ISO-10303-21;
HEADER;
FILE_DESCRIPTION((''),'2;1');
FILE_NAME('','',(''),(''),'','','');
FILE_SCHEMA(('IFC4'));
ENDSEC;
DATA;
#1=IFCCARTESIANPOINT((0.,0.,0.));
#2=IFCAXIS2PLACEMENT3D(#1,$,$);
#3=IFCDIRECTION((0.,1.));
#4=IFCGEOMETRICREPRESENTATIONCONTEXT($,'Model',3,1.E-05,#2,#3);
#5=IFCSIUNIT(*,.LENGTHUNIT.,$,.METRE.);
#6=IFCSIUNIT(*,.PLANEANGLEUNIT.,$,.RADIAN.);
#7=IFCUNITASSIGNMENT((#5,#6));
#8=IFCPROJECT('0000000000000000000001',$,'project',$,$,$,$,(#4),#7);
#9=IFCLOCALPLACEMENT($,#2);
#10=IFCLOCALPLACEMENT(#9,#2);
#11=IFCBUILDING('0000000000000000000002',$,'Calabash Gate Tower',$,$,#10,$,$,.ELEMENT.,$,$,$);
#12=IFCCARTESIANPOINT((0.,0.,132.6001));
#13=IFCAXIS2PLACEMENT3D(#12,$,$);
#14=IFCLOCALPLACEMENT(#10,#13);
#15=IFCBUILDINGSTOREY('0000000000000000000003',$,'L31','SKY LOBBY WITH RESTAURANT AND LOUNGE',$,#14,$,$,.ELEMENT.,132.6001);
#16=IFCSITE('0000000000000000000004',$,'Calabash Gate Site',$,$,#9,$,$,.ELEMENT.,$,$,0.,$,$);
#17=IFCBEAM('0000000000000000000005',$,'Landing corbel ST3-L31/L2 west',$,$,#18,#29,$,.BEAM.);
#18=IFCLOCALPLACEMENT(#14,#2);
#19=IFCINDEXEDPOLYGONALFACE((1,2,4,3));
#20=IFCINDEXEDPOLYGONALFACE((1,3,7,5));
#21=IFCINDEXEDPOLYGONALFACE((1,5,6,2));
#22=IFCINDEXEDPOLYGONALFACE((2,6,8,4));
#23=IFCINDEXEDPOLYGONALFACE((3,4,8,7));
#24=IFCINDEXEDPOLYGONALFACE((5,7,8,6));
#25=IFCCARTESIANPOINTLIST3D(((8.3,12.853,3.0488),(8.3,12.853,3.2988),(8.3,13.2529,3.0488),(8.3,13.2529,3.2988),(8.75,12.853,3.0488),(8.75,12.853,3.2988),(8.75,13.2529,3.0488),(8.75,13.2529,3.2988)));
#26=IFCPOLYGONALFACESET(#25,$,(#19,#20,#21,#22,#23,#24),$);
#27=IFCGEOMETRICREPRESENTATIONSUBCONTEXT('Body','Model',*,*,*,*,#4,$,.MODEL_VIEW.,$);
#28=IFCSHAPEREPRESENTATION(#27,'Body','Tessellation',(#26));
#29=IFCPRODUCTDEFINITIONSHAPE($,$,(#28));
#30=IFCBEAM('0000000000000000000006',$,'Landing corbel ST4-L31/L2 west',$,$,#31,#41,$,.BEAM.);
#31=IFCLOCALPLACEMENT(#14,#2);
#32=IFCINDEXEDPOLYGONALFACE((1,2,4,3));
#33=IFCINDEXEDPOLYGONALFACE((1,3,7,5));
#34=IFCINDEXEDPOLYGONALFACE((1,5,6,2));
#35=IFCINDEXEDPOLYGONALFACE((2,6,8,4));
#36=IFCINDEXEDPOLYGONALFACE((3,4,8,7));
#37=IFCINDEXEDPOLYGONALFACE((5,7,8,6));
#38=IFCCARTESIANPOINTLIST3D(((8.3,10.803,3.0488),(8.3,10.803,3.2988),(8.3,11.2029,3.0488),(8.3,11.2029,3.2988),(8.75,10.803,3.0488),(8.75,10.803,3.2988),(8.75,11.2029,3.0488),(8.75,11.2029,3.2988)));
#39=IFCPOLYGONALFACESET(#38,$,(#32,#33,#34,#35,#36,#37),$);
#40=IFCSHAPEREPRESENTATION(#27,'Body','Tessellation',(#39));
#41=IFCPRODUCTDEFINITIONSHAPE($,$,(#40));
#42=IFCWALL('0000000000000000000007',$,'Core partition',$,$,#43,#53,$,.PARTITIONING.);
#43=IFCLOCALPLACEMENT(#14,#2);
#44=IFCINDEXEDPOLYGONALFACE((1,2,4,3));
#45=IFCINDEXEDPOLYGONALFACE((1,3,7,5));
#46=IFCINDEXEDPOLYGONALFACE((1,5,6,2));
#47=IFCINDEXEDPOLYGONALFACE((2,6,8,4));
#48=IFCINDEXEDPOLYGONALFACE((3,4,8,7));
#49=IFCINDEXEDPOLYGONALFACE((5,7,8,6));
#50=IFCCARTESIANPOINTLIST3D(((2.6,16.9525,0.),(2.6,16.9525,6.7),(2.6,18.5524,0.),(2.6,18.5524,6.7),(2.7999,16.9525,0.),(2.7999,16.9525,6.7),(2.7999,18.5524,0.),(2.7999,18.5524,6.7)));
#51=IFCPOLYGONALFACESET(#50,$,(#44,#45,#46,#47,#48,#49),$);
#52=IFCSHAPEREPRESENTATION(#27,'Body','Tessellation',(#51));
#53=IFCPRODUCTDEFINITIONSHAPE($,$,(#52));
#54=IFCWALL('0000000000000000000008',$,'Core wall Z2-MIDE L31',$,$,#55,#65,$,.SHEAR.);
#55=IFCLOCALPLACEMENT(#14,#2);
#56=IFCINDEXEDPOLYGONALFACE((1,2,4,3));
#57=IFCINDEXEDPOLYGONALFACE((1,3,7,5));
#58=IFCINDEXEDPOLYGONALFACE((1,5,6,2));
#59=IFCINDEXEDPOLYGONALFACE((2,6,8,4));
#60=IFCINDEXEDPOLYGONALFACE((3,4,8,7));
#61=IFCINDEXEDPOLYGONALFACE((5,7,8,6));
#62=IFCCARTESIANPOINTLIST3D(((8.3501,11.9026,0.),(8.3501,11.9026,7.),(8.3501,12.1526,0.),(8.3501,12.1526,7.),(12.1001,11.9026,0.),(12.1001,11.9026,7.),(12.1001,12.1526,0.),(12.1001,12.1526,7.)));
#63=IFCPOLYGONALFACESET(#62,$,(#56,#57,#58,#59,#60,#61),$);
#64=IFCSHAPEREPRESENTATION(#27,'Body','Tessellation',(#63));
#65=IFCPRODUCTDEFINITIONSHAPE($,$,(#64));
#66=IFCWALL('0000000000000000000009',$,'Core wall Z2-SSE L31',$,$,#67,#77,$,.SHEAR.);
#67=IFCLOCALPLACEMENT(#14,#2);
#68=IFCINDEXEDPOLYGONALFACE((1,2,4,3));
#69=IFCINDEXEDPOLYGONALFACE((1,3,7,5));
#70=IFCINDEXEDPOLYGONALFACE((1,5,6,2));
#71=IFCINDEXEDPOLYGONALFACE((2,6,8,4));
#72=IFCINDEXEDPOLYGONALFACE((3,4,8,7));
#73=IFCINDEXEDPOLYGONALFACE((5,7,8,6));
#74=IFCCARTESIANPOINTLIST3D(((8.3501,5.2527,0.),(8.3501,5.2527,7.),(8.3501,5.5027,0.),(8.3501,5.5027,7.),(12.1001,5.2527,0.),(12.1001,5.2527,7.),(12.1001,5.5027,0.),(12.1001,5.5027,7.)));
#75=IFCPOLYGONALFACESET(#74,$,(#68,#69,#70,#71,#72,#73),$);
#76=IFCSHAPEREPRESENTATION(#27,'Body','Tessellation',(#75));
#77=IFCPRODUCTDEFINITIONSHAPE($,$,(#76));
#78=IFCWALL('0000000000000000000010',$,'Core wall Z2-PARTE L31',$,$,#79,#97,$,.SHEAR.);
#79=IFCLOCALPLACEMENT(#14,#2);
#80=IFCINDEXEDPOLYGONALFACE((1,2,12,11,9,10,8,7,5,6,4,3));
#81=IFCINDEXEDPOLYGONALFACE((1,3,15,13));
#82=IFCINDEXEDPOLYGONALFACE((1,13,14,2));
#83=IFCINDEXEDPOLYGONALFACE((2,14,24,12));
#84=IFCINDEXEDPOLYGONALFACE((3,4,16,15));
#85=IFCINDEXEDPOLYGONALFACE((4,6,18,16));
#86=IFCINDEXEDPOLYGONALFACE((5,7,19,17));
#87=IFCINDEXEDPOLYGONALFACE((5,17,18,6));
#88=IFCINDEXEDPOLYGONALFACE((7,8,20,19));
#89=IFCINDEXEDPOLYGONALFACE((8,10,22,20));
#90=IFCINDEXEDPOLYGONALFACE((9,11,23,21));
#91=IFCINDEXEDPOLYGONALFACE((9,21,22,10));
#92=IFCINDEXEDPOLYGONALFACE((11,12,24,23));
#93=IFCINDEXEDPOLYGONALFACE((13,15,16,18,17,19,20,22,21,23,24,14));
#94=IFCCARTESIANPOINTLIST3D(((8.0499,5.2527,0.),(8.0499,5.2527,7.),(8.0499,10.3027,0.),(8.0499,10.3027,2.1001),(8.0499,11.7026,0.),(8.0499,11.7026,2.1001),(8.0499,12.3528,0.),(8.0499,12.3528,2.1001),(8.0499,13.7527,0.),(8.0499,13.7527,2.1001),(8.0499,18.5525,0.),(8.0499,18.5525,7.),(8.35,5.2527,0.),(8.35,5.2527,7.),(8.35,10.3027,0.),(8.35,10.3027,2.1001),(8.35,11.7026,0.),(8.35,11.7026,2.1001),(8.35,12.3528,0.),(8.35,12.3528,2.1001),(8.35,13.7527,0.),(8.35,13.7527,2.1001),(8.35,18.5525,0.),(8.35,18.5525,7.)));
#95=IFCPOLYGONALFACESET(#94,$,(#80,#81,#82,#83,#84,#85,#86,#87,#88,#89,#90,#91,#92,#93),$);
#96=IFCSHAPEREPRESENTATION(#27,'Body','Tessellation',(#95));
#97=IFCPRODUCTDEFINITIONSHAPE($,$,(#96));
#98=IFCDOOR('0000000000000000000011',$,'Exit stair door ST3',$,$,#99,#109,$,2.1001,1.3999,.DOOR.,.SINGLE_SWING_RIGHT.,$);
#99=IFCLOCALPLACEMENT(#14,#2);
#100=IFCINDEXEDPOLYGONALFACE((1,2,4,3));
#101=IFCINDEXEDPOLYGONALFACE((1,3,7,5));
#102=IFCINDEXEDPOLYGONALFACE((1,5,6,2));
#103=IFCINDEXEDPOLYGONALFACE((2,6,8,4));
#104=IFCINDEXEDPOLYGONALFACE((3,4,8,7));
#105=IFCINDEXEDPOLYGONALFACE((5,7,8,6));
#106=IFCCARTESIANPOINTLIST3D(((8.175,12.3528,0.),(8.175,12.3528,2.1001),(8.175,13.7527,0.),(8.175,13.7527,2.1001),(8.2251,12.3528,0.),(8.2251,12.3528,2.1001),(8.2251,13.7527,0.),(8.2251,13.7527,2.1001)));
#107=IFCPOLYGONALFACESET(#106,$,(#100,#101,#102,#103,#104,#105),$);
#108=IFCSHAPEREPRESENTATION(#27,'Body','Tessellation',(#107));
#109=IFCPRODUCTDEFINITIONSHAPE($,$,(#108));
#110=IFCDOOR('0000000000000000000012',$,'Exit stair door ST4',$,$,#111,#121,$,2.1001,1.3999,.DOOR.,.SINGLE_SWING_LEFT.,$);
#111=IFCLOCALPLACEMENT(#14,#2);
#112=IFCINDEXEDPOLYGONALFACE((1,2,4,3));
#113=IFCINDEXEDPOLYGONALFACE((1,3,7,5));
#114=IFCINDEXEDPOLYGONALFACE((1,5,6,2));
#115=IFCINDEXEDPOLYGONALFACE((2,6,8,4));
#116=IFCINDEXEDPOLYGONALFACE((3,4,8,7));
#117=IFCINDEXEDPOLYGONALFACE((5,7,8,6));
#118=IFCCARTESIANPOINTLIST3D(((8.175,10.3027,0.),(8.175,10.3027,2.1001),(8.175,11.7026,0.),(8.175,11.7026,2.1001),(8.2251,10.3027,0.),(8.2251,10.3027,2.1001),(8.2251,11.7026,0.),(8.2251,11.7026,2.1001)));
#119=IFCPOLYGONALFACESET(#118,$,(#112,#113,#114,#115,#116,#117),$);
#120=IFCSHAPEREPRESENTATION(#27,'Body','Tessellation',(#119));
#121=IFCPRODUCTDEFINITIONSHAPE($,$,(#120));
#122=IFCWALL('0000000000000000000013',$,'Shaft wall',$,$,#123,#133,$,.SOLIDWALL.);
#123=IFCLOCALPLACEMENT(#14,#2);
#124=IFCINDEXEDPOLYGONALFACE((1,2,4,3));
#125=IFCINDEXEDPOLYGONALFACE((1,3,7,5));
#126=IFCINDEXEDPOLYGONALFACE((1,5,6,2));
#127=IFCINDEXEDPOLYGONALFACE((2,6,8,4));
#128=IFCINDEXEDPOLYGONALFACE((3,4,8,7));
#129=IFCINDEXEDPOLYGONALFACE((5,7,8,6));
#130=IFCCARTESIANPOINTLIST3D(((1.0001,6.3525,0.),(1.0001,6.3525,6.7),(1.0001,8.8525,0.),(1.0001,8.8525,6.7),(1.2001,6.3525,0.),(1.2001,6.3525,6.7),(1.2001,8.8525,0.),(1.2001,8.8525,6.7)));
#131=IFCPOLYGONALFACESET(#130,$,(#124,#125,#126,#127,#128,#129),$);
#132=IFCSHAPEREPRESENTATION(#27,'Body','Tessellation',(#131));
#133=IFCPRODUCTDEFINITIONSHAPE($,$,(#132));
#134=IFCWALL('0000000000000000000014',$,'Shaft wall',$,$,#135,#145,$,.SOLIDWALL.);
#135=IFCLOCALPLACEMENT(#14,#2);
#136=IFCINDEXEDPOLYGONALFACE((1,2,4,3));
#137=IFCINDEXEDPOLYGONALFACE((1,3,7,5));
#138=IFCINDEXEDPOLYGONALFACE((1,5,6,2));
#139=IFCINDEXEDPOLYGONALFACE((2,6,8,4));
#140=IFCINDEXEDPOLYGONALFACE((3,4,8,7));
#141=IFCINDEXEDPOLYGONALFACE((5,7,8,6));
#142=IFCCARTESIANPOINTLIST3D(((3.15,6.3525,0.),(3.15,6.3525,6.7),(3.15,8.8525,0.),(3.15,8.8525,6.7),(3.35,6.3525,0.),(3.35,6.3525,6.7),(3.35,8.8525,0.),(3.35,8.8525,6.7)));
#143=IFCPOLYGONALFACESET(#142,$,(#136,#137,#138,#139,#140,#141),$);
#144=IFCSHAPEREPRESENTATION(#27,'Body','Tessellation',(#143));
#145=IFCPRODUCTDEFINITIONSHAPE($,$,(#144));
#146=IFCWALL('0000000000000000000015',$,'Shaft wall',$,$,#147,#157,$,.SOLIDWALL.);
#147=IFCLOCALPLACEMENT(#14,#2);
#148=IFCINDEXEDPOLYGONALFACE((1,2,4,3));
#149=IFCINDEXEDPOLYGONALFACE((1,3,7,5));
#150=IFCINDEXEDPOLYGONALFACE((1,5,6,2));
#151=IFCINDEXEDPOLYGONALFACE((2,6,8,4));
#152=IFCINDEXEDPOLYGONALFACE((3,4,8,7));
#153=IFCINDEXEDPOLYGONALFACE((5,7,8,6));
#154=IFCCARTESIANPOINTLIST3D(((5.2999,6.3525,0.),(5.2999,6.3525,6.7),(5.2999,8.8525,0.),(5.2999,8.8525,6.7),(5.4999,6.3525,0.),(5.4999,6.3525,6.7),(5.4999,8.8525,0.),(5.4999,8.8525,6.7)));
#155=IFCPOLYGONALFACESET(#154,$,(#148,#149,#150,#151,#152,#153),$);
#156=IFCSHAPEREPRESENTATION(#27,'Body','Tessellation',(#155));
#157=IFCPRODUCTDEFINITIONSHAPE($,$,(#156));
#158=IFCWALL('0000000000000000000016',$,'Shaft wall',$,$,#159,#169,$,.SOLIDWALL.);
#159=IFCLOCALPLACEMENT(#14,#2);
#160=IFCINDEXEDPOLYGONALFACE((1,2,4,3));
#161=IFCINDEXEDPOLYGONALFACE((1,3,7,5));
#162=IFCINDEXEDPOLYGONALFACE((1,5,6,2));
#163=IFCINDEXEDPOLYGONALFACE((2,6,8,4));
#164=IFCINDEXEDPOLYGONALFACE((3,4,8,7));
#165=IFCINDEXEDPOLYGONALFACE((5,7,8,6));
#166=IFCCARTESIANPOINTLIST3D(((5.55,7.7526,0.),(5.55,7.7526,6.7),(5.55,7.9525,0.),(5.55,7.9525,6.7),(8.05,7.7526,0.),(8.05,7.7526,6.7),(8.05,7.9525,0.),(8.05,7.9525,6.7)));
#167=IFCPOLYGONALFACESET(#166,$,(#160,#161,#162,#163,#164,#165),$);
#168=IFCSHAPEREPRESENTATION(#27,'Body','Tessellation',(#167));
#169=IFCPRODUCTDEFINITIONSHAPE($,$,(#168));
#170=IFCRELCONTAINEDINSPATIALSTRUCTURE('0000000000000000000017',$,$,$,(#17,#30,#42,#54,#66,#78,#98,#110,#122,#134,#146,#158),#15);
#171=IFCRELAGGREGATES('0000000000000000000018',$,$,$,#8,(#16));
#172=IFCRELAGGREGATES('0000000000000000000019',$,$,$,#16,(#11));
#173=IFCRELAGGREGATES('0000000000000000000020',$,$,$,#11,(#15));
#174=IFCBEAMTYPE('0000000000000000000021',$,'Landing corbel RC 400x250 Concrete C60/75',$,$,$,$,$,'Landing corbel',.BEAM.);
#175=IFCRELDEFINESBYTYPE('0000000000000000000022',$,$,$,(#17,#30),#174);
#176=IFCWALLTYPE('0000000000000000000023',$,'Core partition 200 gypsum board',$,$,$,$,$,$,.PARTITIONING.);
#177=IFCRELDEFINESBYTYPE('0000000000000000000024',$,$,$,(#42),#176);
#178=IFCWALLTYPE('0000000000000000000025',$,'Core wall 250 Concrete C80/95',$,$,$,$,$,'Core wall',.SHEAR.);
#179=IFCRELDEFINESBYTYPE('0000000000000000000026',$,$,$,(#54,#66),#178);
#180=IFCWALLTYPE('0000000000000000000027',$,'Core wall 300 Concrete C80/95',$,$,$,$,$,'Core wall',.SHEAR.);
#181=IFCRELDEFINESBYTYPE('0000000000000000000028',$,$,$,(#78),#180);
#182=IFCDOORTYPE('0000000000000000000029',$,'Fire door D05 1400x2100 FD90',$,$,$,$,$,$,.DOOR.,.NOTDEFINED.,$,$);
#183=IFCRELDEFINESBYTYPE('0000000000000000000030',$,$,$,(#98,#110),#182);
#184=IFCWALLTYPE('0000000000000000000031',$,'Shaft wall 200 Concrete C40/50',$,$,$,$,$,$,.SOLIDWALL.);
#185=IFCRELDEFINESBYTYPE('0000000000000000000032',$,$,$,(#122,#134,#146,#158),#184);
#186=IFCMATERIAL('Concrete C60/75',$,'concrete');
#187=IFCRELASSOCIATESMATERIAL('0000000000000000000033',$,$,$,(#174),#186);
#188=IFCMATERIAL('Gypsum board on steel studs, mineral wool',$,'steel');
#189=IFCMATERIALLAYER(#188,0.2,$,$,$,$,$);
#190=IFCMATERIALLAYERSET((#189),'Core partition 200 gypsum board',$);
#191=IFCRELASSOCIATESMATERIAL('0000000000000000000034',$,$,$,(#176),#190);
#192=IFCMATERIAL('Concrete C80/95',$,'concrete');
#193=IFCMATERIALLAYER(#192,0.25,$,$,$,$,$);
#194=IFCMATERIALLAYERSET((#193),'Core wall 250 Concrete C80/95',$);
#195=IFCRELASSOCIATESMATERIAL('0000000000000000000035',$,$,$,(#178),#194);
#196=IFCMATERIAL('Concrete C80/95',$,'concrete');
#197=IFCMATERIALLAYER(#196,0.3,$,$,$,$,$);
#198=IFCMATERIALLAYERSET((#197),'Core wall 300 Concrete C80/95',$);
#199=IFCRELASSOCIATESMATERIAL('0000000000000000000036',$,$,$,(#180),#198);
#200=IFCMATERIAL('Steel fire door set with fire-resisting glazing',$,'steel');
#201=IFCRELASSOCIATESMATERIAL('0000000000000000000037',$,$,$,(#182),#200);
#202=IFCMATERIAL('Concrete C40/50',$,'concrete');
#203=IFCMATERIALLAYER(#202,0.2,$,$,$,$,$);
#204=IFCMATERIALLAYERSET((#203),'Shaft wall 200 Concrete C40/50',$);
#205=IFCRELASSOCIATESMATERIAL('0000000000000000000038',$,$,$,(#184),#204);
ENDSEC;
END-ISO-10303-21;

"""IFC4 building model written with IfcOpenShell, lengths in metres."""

from ifc_helpers import new_model, si_unit, direction, frame, frame_2d, origin, origin_2d, place, context, subcontext, project, spatial, rectangle, extrude, material, layer, layer_set, material_profile, profile_set, type_object, element, fill, save


model = new_model("IFC4")

# Units and contexts
model_context = context("Model", 3, precision=1e-05, world=origin(), true_north=direction((0.0, 1.0)))
body_context = subcontext(model_context, "Body", "Model", "MODEL_VIEW")
ifc_project = project(units=[si_unit("LENGTHUNIT", "METRE"), si_unit("PLANEANGLEUNIT", "RADIAN")], contexts=[model_context])

# Site, building, storey
site_placement = place(None, origin())
site = spatial("IfcSite", under=ifc_project, at=site_placement, Name="Calabash Gate Site", CompositionType="ELEMENT", RefElevation=0.0)
building_placement = place(site_placement, origin())
building = spatial("IfcBuilding", under=site, at=building_placement, Name="Calabash Gate Tower", CompositionType="ELEMENT")
storey_placement = place(building_placement, frame((0.0, 0.0, 132.6001)))
storey = spatial("IfcBuildingStorey", under=building, at=storey_placement, Name="L31", Description="SKY LOBBY WITH RESTAURANT AND LOUNGE", CompositionType="ELEMENT", Elevation=132.6001)

# Beams
ifc_material_1 = material(Name="Concrete C60/75", Category="concrete")
ifc_material_profile = material_profile(ifc_material_1, rectangle(XDim=0.3999, YDim=0.25, at=origin_2d()))
ifc_profile_set = profile_set([ifc_material_profile], Name="Concrete C60/75")
beam_type = type_object("IfcBeamType", Name="Landing corbel RC 400x250 Concrete C60/75", ElementType="Landing corbel", PredefinedType="BEAM", material=ifc_profile_set)
for number, where, z_axis, x_axis, name in (
    (1, (8.3, 13.053, 3.1738), (1.0, 0.0, 0.0), (0.0, 1.0, 0.0), "Landing corbel ST3-L31/L2 west"),
    (2, (8.3, 11.0029, 3.1738), (1.0, 0.0, 0.0), (0.0, 1.0, 0.0), "Landing corbel ST4-L31/L2 west"),
):
    element("IfcBeam", number, at=place(storey_placement, frame(where, z_axis=z_axis, x_axis=x_axis)), inside=storey, type_object=beam_type, Name=name, PredefinedType="BEAM", context=body_context, shape_type="SweptSolid", body=[
        extrude(rectangle(XDim=0.3999, YDim=0.25, at=origin_2d()), origin(), (0.0, 0.0, 1.0), 0.45),
    ])

# Walls
ifc_material_2 = material(Name="Gypsum board on steel studs, mineral wool", Category="steel")
ifc_layer_1 = layer(ifc_material_2, 0.2)
ifc_layer_set_1 = layer_set([ifc_layer_1], Name="Core partition 200 gypsum board")
wall_type_1 = type_object("IfcWallType", Name="Core partition 200 gypsum board", PredefinedType="PARTITIONING", material=ifc_layer_set_1)
wall_1_placement = place(storey_placement, frame((2.7, 16.9526, 0.0), z_axis=(0.0, 0.0, 1.0), x_axis=(0.0, 1.0, 0.0)))
element("IfcWall", 3, at=wall_1_placement, inside=storey, type_object=wall_type_1, Name="Core partition", PredefinedType="PARTITIONING", context=body_context, shape_type="SweptSolid", body=[
    extrude(rectangle(XDim=1.5999, YDim=0.2, at=frame_2d((0.7998, 0.0))), origin(), (0.0, 0.0, 1.0), 6.7),
])
ifc_material_3 = material(Name="Concrete C80/95", Category="concrete")
ifc_layer_2 = layer(ifc_material_3, 0.25)
ifc_layer_set_2 = layer_set([ifc_layer_2], Name="Core wall 250 Concrete C80/95")
wall_type_2 = type_object("IfcWallType", Name="Core wall 250 Concrete C80/95", ElementType="Core wall", PredefinedType="SHEAR", material=ifc_layer_set_2)
for number, where, z_axis, x_axis, name in (
    (4, (8.3501, 12.0276, 0.0), (0.0, 0.0, 1.0), (1.0, 0.0, 0.0), "Core wall Z2-MIDE L31"),
    (5, (8.3501, 5.3777, 0.0), (0.0, 0.0, 1.0), (1.0, 0.0, 0.0), "Core wall Z2-SSE L31"),
):
    element("IfcWall", number, at=place(storey_placement, frame(where, z_axis=z_axis, x_axis=x_axis)), inside=storey, type_object=wall_type_2, Name=name, PredefinedType="SHEAR", context=body_context, shape_type="SweptSolid", body=[
        extrude(rectangle(XDim=3.75, YDim=0.25, at=frame_2d((1.875, 0.0))), origin(), (0.0, 0.0, 1.0), 7.0),
    ])

# Wall, openings, doors
ifc_material_4 = material(Name="Concrete C80/95", Category="concrete")
ifc_layer_3 = layer(ifc_material_4, 0.3)
ifc_layer_set_3 = layer_set([ifc_layer_3], Name="Core wall 300 Concrete C80/95")
wall_type_3 = type_object("IfcWallType", Name="Core wall 300 Concrete C80/95", ElementType="Core wall", PredefinedType="SHEAR", material=ifc_layer_set_3)
wall_2_placement = place(storey_placement, frame((8.2, 5.2527, 0.0), z_axis=(0.0, 0.0, 1.0), x_axis=(0.0, 1.0, 0.0)))
wall_2 = element("IfcWall", 6, at=wall_2_placement, inside=storey, type_object=wall_type_3, Name="Core wall Z2-PARTE L31", PredefinedType="SHEAR", context=body_context, shape_type="SweptSolid", body=[
    extrude(rectangle(XDim=13.2998, YDim=0.3, at=frame_2d((6.6499, 0.0))), origin(), (0.0, 0.0, 1.0), 7.0),
])
opening_1_placement = place(wall_2_placement, frame((7.1001, 0.0, 0.0)))
opening_1 = element("IfcOpeningElement", 7, at=opening_1_placement, cuts=wall_2, PredefinedType="OPENING", context=body_context, shape_type="SweptSolid", body=[
    extrude(rectangle(XDim=1.3999, YDim=2.1001, at=frame_2d((0.7, 1.05))), frame((0.0, 0.1599, 0.0), z_axis=(0.0, -1.0, 0.0), x_axis=(1.0, 0.0, 0.0)), (0.0, 0.0, 1.0), 0.3201),
])
opening_2_placement = place(wall_2_placement, frame((5.05, 0.0, 0.0)))
opening_2 = element("IfcOpeningElement", 8, at=opening_2_placement, cuts=wall_2, PredefinedType="OPENING", context=body_context, shape_type="SweptSolid", body=[
    extrude(rectangle(XDim=1.3999, YDim=2.1001, at=frame_2d((0.7, 1.05))), frame((0.0, 0.1599, 0.0), z_axis=(0.0, -1.0, 0.0), x_axis=(1.0, 0.0, 0.0)), (0.0, 0.0, 1.0), 0.3201),
])
ifc_material_5 = material(Name="Steel fire door set with fire-resisting glazing", Category="steel")
door_type_1 = type_object("IfcDoorType", Name="Fire door D05 1400x2100 FD90", OperationType="NOTDEFINED", PredefinedType="DOOR", material=ifc_material_5)
door_1_placement = place(opening_1_placement, origin())
door_1 = element("IfcDoor", 9, at=door_1_placement, inside=storey, type_object=door_type_1, Name="Exit stair door ST3", OperationType="SINGLE_SWING_RIGHT", OverallHeight=2.1001, OverallWidth=1.3999, PredefinedType="DOOR", context=body_context, shape_type="SweptSolid", body=[
    extrude(rectangle(XDim=1.3999, YDim=2.1001, at=frame_2d((0.7, 1.05))), frame((0.0, 0.0249, 0.0), z_axis=(0.0, -1.0, 0.0), x_axis=(1.0, 0.0, 0.0)), (0.0, 0.0, 1.0), 0.05),
])
fill(opening_1, door_1)
door_2_placement = place(opening_2_placement, origin())
door_2 = element("IfcDoor", 10, at=door_2_placement, inside=storey, type_object=door_type_1, Name="Exit stair door ST4", OperationType="SINGLE_SWING_LEFT", OverallHeight=2.1001, OverallWidth=1.3999, PredefinedType="DOOR", context=body_context, shape_type="SweptSolid", body=[
    extrude(rectangle(XDim=1.3999, YDim=2.1001, at=frame_2d((0.7, 1.05))), frame((0.0, 0.0249, 0.0), z_axis=(0.0, -1.0, 0.0), x_axis=(1.0, 0.0, 0.0)), (0.0, 0.0, 1.0), 0.05),
])
fill(opening_2, door_2)

# Walls
ifc_material_6 = material(Name="Concrete C40/50", Category="concrete")
ifc_layer_4 = layer(ifc_material_6, 0.2)
ifc_layer_set_4 = layer_set([ifc_layer_4], Name="Shaft wall 200 Concrete C40/50")
wall_type_4 = type_object("IfcWallType", Name="Shaft wall 200 Concrete C40/50", PredefinedType="SOLIDWALL", material=ifc_layer_set_4)
for number, where, z_axis, x_axis, name in (
    (11, (1.1001, 6.3525, 0.0), (0.0, 0.0, 1.0), (0.0, 1.0, 0.0), "Shaft wall"),
    (12, (3.25, 6.3525, 0.0), (0.0, 0.0, 1.0), (0.0, 1.0, 0.0), "Shaft wall"),
    (13, (5.3999, 6.3525, 0.0), (0.0, 0.0, 1.0), (0.0, 1.0, 0.0), "Shaft wall"),
    (14, (5.55, 7.8525, 0.0), (0.0, 0.0, 1.0), (1.0, 0.0, 0.0), "Shaft wall"),
):
    element("IfcWall", number, at=place(storey_placement, frame(where, z_axis=z_axis, x_axis=x_axis)), inside=storey, type_object=wall_type_4, Name=name, PredefinedType="SOLIDWALL", context=body_context, shape_type="SweptSolid", body=[
        extrude(rectangle(XDim=2.5, YDim=0.2, at=frame_2d((1.25, 0.0))), origin(), (0.0, 0.0, 1.0), 6.7),
    ])

save(model, "model.ifc")
